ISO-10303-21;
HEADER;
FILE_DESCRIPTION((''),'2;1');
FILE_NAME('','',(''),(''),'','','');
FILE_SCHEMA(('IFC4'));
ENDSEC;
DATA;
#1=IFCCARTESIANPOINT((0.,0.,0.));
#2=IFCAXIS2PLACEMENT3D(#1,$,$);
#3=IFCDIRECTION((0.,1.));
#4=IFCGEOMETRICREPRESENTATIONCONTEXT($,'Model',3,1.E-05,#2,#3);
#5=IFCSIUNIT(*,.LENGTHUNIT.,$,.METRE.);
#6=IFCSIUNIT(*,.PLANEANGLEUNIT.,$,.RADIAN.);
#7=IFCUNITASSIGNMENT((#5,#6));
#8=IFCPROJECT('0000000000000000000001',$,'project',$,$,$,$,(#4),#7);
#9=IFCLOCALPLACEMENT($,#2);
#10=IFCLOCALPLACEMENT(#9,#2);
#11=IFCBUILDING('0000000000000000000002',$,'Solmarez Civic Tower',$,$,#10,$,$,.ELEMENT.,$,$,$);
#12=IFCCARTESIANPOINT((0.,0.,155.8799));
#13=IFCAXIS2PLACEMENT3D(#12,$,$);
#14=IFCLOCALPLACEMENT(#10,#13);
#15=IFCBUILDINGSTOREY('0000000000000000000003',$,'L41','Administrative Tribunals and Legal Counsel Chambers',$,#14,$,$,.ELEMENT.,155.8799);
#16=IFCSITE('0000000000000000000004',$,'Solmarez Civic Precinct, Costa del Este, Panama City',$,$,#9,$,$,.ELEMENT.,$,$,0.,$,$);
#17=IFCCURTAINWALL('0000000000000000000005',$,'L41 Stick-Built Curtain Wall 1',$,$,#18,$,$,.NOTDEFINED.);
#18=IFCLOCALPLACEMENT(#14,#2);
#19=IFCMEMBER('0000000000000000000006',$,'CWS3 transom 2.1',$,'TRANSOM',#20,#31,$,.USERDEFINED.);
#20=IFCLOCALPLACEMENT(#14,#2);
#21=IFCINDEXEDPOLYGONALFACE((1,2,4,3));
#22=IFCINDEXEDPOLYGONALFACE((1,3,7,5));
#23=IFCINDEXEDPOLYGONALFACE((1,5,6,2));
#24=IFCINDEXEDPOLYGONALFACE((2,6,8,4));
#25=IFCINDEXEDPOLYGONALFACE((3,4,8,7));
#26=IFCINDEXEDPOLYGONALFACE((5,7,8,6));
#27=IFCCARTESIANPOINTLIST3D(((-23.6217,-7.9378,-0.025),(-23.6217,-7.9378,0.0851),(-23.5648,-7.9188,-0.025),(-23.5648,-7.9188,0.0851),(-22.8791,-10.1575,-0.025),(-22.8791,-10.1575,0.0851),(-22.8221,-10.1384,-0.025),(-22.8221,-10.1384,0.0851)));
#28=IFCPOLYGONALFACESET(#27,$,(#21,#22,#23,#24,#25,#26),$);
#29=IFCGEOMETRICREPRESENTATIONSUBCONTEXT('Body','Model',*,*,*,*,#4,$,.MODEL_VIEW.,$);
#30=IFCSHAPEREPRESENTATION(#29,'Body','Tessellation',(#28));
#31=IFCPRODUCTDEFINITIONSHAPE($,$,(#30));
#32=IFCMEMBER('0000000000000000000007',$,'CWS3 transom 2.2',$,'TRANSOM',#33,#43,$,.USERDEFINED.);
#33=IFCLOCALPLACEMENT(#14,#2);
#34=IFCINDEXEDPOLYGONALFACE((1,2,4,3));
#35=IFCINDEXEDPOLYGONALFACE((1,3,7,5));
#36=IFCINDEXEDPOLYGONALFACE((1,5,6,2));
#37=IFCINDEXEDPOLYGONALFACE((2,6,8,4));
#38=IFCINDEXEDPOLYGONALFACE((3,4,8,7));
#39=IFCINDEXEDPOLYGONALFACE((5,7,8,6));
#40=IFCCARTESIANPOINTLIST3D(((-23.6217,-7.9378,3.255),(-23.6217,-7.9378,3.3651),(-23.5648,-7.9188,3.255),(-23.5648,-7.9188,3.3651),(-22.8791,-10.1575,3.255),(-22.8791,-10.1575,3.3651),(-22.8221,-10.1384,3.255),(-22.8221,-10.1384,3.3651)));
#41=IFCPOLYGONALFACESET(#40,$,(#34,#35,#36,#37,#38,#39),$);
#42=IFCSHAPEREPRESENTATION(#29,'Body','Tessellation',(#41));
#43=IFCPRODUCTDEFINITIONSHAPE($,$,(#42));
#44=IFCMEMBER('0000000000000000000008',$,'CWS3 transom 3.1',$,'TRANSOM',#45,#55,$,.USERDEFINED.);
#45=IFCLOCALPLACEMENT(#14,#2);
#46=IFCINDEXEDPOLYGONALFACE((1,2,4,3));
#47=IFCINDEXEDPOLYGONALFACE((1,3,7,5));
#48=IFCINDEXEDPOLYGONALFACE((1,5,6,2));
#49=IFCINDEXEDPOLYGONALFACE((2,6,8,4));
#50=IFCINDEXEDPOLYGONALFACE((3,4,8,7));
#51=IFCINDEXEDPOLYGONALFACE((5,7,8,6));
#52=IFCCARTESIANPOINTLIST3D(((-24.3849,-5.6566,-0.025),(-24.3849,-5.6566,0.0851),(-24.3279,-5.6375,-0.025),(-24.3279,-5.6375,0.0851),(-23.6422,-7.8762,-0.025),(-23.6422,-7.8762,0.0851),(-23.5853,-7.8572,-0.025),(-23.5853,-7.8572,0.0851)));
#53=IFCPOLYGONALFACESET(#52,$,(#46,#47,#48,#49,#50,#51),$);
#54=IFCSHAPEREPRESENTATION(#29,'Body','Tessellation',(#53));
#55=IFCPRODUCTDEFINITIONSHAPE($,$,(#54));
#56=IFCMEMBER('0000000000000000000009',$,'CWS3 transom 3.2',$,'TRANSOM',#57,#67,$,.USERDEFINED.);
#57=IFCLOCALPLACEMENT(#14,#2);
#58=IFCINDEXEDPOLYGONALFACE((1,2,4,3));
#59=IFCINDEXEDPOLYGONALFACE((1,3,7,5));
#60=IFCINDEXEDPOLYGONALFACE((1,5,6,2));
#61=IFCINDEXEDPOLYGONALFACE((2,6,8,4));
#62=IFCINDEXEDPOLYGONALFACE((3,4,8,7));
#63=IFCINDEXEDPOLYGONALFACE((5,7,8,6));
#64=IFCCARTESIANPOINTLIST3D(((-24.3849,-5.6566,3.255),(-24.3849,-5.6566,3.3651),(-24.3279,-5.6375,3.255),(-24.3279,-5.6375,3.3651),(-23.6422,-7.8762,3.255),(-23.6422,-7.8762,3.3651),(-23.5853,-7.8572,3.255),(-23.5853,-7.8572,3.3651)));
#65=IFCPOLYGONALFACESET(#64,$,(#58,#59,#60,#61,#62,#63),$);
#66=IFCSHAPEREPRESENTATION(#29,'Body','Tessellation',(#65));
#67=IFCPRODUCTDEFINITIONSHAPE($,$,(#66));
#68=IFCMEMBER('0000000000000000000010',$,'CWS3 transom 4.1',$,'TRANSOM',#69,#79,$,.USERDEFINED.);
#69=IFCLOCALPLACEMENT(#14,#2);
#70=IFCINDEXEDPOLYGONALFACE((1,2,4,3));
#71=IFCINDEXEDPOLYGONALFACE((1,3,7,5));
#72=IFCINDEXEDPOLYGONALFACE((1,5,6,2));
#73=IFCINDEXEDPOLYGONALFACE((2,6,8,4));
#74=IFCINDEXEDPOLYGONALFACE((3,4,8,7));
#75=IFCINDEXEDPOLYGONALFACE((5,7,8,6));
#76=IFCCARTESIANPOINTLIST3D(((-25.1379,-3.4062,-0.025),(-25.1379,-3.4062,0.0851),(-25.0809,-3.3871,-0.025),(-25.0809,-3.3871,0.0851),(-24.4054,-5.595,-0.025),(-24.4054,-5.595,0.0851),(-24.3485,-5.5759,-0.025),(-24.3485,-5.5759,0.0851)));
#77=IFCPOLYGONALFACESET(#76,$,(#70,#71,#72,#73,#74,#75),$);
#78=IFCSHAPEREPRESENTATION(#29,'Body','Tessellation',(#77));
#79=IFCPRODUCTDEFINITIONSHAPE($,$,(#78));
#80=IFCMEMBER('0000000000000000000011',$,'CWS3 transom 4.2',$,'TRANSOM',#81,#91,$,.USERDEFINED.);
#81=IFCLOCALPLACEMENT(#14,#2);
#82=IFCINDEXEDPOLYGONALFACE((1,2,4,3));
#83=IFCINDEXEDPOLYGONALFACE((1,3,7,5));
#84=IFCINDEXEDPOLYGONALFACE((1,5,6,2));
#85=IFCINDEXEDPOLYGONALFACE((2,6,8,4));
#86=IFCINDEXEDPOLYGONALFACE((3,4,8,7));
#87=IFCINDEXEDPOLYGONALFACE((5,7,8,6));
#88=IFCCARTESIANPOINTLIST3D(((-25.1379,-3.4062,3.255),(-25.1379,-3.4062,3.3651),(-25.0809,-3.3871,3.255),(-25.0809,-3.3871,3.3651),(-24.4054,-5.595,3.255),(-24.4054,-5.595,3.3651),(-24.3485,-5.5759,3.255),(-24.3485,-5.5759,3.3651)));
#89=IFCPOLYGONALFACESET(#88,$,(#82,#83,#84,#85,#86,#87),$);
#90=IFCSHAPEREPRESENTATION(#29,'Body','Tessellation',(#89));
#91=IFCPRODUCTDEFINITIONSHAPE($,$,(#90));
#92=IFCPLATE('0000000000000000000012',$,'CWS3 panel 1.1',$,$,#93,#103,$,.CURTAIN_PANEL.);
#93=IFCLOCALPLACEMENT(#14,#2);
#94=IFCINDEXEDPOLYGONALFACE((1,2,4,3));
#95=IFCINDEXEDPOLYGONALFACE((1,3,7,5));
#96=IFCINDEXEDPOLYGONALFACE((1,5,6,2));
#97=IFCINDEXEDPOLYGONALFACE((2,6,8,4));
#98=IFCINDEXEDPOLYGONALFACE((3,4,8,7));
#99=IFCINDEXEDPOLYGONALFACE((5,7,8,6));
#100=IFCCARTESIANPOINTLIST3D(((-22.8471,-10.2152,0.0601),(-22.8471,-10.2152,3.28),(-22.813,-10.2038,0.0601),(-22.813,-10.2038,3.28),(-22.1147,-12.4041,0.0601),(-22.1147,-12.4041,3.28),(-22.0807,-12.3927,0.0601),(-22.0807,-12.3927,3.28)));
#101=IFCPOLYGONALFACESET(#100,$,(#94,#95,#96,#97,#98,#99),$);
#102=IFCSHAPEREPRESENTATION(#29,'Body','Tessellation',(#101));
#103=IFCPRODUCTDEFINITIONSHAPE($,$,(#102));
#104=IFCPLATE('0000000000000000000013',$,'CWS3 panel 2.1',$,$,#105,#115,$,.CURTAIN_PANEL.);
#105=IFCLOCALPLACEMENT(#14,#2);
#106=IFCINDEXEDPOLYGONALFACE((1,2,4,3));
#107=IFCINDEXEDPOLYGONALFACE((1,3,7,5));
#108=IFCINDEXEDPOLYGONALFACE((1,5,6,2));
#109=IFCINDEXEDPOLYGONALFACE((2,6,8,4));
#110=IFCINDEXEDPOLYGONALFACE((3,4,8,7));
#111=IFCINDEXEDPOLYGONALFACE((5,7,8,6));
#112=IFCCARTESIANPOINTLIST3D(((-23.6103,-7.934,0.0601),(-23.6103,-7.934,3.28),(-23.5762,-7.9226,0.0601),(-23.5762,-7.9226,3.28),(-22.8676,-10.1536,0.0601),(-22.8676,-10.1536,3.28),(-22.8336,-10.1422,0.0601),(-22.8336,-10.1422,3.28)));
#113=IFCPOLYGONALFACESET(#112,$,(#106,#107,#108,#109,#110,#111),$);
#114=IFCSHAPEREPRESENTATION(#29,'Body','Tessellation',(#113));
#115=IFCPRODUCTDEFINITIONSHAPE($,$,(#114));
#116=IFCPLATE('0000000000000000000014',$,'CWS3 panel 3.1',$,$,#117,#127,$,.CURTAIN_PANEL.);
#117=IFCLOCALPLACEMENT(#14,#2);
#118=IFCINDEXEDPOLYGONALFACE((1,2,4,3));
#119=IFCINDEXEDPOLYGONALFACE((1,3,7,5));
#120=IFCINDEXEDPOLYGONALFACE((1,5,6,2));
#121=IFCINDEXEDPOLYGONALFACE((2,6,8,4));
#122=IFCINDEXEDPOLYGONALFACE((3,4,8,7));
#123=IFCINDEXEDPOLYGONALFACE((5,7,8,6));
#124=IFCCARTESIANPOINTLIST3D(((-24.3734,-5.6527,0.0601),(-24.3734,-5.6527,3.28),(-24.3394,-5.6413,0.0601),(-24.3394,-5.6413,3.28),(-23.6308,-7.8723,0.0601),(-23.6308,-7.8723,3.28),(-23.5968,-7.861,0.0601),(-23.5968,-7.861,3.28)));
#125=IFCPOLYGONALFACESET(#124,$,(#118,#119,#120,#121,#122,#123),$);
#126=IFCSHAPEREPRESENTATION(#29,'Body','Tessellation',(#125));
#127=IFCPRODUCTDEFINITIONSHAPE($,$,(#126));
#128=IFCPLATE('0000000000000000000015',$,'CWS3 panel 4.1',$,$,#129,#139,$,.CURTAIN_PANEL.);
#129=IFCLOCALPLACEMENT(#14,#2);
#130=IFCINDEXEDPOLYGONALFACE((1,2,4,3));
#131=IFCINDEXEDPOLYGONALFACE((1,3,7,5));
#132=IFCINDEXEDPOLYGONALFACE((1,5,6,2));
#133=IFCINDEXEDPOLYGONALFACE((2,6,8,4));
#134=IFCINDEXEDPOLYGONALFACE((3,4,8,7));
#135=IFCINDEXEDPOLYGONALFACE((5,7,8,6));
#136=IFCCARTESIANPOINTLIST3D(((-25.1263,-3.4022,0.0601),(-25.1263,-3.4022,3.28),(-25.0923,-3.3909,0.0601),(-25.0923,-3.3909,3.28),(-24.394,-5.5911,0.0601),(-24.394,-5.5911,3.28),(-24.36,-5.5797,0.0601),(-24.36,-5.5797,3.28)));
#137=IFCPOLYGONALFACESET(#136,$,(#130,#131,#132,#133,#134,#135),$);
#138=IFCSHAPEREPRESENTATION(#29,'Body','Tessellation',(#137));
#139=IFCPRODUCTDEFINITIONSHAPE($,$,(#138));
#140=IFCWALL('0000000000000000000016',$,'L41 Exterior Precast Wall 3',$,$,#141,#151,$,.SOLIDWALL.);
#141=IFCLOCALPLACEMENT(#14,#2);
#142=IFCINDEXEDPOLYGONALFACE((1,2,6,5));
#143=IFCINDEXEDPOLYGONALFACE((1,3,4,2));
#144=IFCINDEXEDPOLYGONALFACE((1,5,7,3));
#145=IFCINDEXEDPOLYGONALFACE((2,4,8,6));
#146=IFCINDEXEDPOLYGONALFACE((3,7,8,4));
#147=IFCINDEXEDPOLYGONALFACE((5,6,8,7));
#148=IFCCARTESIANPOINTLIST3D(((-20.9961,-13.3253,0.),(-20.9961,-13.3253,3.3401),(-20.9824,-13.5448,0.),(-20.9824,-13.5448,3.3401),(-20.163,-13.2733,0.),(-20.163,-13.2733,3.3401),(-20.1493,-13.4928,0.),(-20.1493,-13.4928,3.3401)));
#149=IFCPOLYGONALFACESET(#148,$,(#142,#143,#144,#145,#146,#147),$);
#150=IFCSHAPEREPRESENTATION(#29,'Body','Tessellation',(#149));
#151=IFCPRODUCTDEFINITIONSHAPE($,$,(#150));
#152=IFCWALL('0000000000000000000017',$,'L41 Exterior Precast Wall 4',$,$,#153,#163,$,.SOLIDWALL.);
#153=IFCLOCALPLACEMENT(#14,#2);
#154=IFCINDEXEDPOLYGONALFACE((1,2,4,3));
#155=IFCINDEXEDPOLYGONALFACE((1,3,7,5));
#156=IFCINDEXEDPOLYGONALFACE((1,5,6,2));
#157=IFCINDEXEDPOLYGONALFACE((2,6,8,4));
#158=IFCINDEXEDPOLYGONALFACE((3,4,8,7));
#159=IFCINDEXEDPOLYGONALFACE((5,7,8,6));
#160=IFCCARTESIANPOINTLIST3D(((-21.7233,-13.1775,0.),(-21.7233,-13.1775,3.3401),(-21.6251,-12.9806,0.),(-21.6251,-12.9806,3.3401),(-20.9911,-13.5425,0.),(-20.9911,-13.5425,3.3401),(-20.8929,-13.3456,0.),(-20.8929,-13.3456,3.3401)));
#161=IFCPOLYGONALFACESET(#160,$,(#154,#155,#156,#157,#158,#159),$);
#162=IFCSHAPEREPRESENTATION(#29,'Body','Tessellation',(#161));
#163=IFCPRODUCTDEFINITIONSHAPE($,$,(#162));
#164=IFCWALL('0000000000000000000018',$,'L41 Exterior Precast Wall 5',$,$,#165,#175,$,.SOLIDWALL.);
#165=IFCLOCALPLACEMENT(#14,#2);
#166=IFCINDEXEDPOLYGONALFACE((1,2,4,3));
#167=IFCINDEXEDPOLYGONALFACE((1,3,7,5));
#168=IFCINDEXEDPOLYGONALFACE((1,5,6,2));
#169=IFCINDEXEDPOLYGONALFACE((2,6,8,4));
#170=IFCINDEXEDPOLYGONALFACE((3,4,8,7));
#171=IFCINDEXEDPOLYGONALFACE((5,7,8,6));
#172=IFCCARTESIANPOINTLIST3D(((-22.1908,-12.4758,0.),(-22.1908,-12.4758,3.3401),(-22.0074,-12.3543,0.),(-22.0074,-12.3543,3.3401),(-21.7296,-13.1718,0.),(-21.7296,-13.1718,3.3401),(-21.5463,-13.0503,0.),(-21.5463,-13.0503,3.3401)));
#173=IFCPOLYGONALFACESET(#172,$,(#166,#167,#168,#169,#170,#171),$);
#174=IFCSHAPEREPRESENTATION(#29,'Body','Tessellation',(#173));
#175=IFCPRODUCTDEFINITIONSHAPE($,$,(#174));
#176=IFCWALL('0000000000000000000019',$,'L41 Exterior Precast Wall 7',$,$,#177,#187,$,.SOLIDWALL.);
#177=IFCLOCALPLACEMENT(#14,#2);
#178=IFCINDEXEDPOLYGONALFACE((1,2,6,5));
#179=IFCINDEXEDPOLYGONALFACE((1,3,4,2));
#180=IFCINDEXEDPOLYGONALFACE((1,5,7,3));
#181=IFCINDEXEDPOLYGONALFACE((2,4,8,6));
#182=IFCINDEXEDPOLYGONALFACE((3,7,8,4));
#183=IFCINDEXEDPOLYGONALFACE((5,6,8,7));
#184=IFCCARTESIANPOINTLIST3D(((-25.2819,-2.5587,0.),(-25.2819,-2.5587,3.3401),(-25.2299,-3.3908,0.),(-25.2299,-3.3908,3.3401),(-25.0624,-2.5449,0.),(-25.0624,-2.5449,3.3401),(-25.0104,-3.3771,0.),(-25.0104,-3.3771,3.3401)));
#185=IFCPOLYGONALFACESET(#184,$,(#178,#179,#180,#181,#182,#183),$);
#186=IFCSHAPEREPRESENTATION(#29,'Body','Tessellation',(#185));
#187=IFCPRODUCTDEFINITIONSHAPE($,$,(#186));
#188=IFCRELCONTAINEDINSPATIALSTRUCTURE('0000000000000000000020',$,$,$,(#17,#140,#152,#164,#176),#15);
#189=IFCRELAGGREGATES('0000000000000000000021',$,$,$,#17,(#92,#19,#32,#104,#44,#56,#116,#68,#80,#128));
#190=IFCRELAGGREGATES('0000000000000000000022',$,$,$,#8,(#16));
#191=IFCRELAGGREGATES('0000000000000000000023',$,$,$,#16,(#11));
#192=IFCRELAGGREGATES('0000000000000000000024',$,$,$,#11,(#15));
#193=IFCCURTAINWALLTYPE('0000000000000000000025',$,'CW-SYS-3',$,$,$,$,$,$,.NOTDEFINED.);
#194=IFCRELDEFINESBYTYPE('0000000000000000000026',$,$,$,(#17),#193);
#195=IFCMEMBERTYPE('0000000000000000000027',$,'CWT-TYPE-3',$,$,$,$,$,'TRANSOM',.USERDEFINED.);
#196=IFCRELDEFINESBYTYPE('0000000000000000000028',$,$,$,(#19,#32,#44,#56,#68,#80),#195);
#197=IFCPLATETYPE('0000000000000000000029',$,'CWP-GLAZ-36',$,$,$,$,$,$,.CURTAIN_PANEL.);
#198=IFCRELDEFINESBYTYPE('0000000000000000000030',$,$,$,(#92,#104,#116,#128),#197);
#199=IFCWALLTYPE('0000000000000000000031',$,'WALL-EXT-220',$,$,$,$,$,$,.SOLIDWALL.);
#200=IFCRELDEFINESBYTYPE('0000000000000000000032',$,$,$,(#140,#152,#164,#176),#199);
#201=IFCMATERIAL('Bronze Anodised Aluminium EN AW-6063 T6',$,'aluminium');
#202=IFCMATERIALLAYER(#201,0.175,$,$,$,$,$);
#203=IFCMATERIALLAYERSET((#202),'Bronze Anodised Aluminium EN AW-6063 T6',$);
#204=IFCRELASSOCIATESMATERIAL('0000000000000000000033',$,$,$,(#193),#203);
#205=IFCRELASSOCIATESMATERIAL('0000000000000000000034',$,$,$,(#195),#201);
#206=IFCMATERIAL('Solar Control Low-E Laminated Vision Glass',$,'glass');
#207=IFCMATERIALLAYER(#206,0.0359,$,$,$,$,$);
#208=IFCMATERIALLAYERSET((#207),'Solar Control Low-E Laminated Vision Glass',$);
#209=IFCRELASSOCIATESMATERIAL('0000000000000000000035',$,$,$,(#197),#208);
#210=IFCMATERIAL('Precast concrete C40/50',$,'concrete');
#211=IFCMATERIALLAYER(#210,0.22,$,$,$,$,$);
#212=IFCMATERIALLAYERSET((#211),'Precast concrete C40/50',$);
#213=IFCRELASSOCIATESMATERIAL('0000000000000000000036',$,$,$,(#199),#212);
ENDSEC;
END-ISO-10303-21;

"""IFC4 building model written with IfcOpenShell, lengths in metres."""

from ifc_helpers import new_model, si_unit, direction, frame, frame_2d, origin, origin_2d, place, context, subcontext, project, spatial, rectangle, extrude, material, layer, layer_set, material_profile, profile_set, type_object, element, aggregate, save


model = new_model("IFC4")

# Units and contexts
model_context = context("Model", 3, precision=1e-05, world=origin(), true_north=direction((0.0, 1.0)))
body_context = subcontext(model_context, "Body", "Model", "MODEL_VIEW")
ifc_project = project(units=[si_unit("LENGTHUNIT", "METRE"), si_unit("PLANEANGLEUNIT", "RADIAN")], contexts=[model_context])

# Site, building, storey
site_placement = place(None, origin())
site = spatial("IfcSite", under=ifc_project, at=site_placement, Name="Solmarez Civic Precinct, Costa del Este, Panama City", CompositionType="ELEMENT", RefElevation=0.0)
building_placement = place(site_placement, origin())
building = spatial("IfcBuilding", under=site, at=building_placement, Name="Solmarez Civic Tower", CompositionType="ELEMENT")
storey_placement = place(building_placement, frame((0.0, 0.0, 155.8799)))
storey = spatial("IfcBuildingStorey", under=building, at=storey_placement, Name="L41", Description="Administrative Tribunals and Legal Counsel Chambers", CompositionType="ELEMENT", Elevation=155.8799)

# Curtain wall, members, plates
ifc_material_1 = material(Name="Bronze Anodised Aluminium EN AW-6063 T6", Category="aluminium")
ifc_layer_1 = layer(ifc_material_1, 0.175)
ifc_layer_set_1 = layer_set([ifc_layer_1], Name="Bronze Anodised Aluminium EN AW-6063 T6")
curtain_wall_type = type_object("IfcCurtainWallType", Name="CW-SYS-3", PredefinedType="NOTDEFINED", material=ifc_layer_set_1)
curtain_wall_placement = place(storey_placement, origin())
curtain_wall = element("IfcCurtainWall", 1, at=curtain_wall_placement, inside=storey, type_object=curtain_wall_type, Name="L41 Stick-Built Curtain Wall 1", PredefinedType="NOTDEFINED")
ifc_material_profile_1 = material_profile(ifc_material_1, rectangle(XDim=0.0601, YDim=0.1101, at=origin_2d()), Name="CWT-60X110")
ifc_profile_set_1 = profile_set([ifc_material_profile_1], Name="Bronze Anodised Aluminium EN AW-6063 T6")
member_type_1 = type_object("IfcMemberType", Name="CWT-TYPE-3", ElementType="TRANSOM", PredefinedType="USERDEFINED", material=ifc_profile_set_1)
member_1_placement = place(storey_placement, frame((-22.8506, -10.1479, 0.03), z_axis=(-0.317291, 0.948328, 0.0), x_axis=(-0.948328, -0.317291, 0.0)))
member_1 = element("IfcMember", 2, at=member_1_placement, type_object=member_type_1, Name="CWS3 transom 2.1", ObjectType="TRANSOM", PredefinedType="USERDEFINED", context=body_context, shape_type="SweptSolid", body=[
    extrude(rectangle(XDim=0.0601, YDim=0.1101, at=origin_2d()), origin(), (0.0, 0.0, 1.0), 2.3406),
])
member_2_placement = place(storey_placement, frame((-22.8506, -10.1479, 3.3101), z_axis=(-0.317291, 0.948328, 0.0), x_axis=(-0.948328, -0.317291, 0.0)))
member_2 = element("IfcMember", 3, at=member_2_placement, type_object=member_type_1, Name="CWS3 transom 2.2", ObjectType="TRANSOM", PredefinedType="USERDEFINED", context=body_context, shape_type="SweptSolid", body=[
    extrude(rectangle(XDim=0.0601, YDim=0.1101, at=origin_2d()), origin(), (0.0, 0.0, 1.0), 2.3406),
])
member_3_placement = place(storey_placement, frame((-23.6138, -7.8667, 0.03), z_axis=(-0.317291, 0.948328, 0.0), x_axis=(-0.948328, -0.317291, 0.0)))
member_3 = element("IfcMember", 4, at=member_3_placement, type_object=member_type_1, Name="CWS3 transom 3.1", ObjectType="TRANSOM", PredefinedType="USERDEFINED", context=body_context, shape_type="SweptSolid", body=[
    extrude(rectangle(XDim=0.0601, YDim=0.1101, at=origin_2d()), origin(), (0.0, 0.0, 1.0), 2.3406),
])
member_4_placement = place(storey_placement, frame((-23.6138, -7.8667, 3.3101), z_axis=(-0.317291, 0.948328, 0.0), x_axis=(-0.948328, -0.317291, 0.0)))
member_4 = element("IfcMember", 5, at=member_4_placement, type_object=member_type_1, Name="CWS3 transom 3.2", ObjectType="TRANSOM", PredefinedType="USERDEFINED", context=body_context, shape_type="SweptSolid", body=[
    extrude(rectangle(XDim=0.0601, YDim=0.1101, at=origin_2d()), origin(), (0.0, 0.0, 1.0), 2.3406),
])
member_5_placement = place(storey_placement, frame((-24.377, -5.5854, 0.03), z_axis=(-0.317338, 0.948312, 0.0), x_axis=(-0.948312, -0.317338, 0.0)))
member_5 = element("IfcMember", 6, at=member_5_placement, type_object=member_type_1, Name="CWS3 transom 4.1", ObjectType="TRANSOM", PredefinedType="USERDEFINED", context=body_context, shape_type="SweptSolid", body=[
    extrude(rectangle(XDim=0.0601, YDim=0.1101, at=origin_2d()), origin(), (0.0, 0.0, 1.0), 2.3081),
])
member_6_placement = place(storey_placement, frame((-24.377, -5.5854, 3.3101), z_axis=(-0.317338, 0.948312, 0.0), x_axis=(-0.948312, -0.317338, 0.0)))
member_6 = element("IfcMember", 7, at=member_6_placement, type_object=member_type_1, Name="CWS3 transom 4.2", ObjectType="TRANSOM", PredefinedType="USERDEFINED", context=body_context, shape_type="SweptSolid", body=[
    extrude(rectangle(XDim=0.0601, YDim=0.1101, at=origin_2d()), origin(), (0.0, 0.0, 1.0), 2.3081),
])
ifc_material_2 = material(Name="Solar Control Low-E Laminated Vision Glass", Category="glass")
ifc_layer_2 = layer(ifc_material_2, 0.0359)
ifc_layer_set_2 = layer_set([ifc_layer_2], Name="Solar Control Low-E Laminated Vision Glass")
plate_type = type_object("IfcPlateType", Name="CWP-GLAZ-36", PredefinedType="CURTAIN_PANEL", material=ifc_layer_set_2)
plate_1_placement = place(storey_placement, frame((-22.4639, -11.304, 0.0601), z_axis=(0.0, 0.0, 1.0), x_axis=(-0.317288, 0.948329, 0.0)))
plate_1 = element("IfcPlate", 8, at=plate_1_placement, type_object=plate_type, Name="CWS3 panel 1.1", PredefinedType="CURTAIN_PANEL", context=body_context, shape_type="SweptSolid", body=[
    extrude(rectangle(XDim=2.3081, YDim=0.0359, at=origin_2d()), origin(), (0.0, 0.0, 1.0), 3.22),
])
plate_2_placement = place(storey_placement, frame((-23.2219, -9.0381, 0.0601), z_axis=(0.0, 0.0, 1.0), x_axis=(-0.317288, 0.948329, 0.0)))
plate_2 = element("IfcPlate", 9, at=plate_2_placement, type_object=plate_type, Name="CWS3 panel 2.1", PredefinedType="CURTAIN_PANEL", context=body_context, shape_type="SweptSolid", body=[
    extrude(rectangle(XDim=2.3406, YDim=0.0359, at=origin_2d()), origin(), (0.0, 0.0, 1.0), 3.22),
])
plate_3_placement = place(storey_placement, frame((-23.9851, -6.7568, 0.0601), z_axis=(0.0, 0.0, 1.0), x_axis=(-0.317288, 0.948329, 0.0)))
plate_3 = element("IfcPlate", 10, at=plate_3_placement, type_object=plate_type, Name="CWS3 panel 3.1", PredefinedType="CURTAIN_PANEL", context=body_context, shape_type="SweptSolid", body=[
    extrude(rectangle(XDim=2.3406, YDim=0.0359, at=origin_2d()), origin(), (0.0, 0.0, 1.0), 3.22),
])
plate_4_placement = place(storey_placement, frame((-24.7432, -4.491, 0.0601), z_axis=(0.0, 0.0, 1.0), x_axis=(-0.317288, 0.948329, 0.0)))
plate_4 = element("IfcPlate", 11, at=plate_4_placement, type_object=plate_type, Name="CWS3 panel 4.1", PredefinedType="CURTAIN_PANEL", context=body_context, shape_type="SweptSolid", body=[
    extrude(rectangle(XDim=2.3081, YDim=0.0359, at=origin_2d()), origin(), (0.0, 0.0, 1.0), 3.22),
])
aggregate(curtain_wall, [plate_1, member_1, member_2, plate_2, member_3, member_4, plate_3, member_5, member_6, plate_4])

# Walls
ifc_material_3 = material(Name="Precast concrete C40/50", Category="concrete")
ifc_layer_3 = layer(ifc_material_3, 0.22)
ifc_layer_set_3 = layer_set([ifc_layer_3], Name="Precast concrete C40/50")
wall_type_1 = type_object("IfcWallType", Name="WALL-EXT-220", PredefinedType="SOLIDWALL", material=ifc_layer_set_3)
wall_1_placement = place(storey_placement, frame((-20.156, -13.3831, 0.0), z_axis=(0.0, 0.0, 1.0), x_axis=(-0.998057, -0.062305, 0.0)))
element("IfcWall", 12, at=wall_1_placement, inside=storey, type_object=wall_type_1, Name="L41 Exterior Precast Wall 3", PredefinedType="SOLIDWALL", context=body_context, shape_type="SweptSolid", body=[
    extrude(rectangle(XDim=0.8347, YDim=0.22, at=frame_2d((0.4175, 0.0))), origin(), (0.0, 0.0, 1.0), 3.3401),
])
wall_2_placement = place(storey_placement, frame((-20.9419, -13.4441, 0.0), z_axis=(0.0, 0.0, 1.0), x_axis=(-0.894964, 0.446139, 0.0)))
element("IfcWall", 13, at=wall_2_placement, inside=storey, type_object=wall_type_1, Name="L41 Exterior Precast Wall 4", PredefinedType="SOLIDWALL", context=body_context, shape_type="SweptSolid", body=[
    extrude(rectangle(XDim=0.8181, YDim=0.22, at=frame_2d((0.4092, 0.0))), origin(), (0.0, 0.0, 1.0), 3.3401),
])
wall_3_placement = place(storey_placement, frame((-21.6379, -13.1111, 0.0), z_axis=(0.0, 0.0, 1.0), x_axis=(-0.552336, 0.833621, 0.0)))
element("IfcWall", 14, at=wall_3_placement, inside=storey, type_object=wall_type_1, Name="L41 Exterior Precast Wall 5", PredefinedType="SOLIDWALL", context=body_context, shape_type="SweptSolid", body=[
    extrude(rectangle(XDim=0.835, YDim=0.22, at=frame_2d((0.4175, 0.0))), origin(), (0.0, 0.0, 1.0), 3.3401),
])
wall_4_placement = place(storey_placement, frame((-25.1201, -3.384, 0.0), z_axis=(0.0, 0.0, 1.0), x_axis=(-0.062378, 0.998053, 0.0)))
element("IfcWall", 15, at=wall_4_placement, inside=storey, type_object=wall_type_1, Name="L41 Exterior Precast Wall 7", PredefinedType="SOLIDWALL", context=body_context, shape_type="SweptSolid", body=[
    extrude(rectangle(XDim=0.8337, YDim=0.22, at=frame_2d((0.417, 0.0))), origin(), (0.0, 0.0, 1.0), 3.3401),
])

save(model, "model.ifc")
